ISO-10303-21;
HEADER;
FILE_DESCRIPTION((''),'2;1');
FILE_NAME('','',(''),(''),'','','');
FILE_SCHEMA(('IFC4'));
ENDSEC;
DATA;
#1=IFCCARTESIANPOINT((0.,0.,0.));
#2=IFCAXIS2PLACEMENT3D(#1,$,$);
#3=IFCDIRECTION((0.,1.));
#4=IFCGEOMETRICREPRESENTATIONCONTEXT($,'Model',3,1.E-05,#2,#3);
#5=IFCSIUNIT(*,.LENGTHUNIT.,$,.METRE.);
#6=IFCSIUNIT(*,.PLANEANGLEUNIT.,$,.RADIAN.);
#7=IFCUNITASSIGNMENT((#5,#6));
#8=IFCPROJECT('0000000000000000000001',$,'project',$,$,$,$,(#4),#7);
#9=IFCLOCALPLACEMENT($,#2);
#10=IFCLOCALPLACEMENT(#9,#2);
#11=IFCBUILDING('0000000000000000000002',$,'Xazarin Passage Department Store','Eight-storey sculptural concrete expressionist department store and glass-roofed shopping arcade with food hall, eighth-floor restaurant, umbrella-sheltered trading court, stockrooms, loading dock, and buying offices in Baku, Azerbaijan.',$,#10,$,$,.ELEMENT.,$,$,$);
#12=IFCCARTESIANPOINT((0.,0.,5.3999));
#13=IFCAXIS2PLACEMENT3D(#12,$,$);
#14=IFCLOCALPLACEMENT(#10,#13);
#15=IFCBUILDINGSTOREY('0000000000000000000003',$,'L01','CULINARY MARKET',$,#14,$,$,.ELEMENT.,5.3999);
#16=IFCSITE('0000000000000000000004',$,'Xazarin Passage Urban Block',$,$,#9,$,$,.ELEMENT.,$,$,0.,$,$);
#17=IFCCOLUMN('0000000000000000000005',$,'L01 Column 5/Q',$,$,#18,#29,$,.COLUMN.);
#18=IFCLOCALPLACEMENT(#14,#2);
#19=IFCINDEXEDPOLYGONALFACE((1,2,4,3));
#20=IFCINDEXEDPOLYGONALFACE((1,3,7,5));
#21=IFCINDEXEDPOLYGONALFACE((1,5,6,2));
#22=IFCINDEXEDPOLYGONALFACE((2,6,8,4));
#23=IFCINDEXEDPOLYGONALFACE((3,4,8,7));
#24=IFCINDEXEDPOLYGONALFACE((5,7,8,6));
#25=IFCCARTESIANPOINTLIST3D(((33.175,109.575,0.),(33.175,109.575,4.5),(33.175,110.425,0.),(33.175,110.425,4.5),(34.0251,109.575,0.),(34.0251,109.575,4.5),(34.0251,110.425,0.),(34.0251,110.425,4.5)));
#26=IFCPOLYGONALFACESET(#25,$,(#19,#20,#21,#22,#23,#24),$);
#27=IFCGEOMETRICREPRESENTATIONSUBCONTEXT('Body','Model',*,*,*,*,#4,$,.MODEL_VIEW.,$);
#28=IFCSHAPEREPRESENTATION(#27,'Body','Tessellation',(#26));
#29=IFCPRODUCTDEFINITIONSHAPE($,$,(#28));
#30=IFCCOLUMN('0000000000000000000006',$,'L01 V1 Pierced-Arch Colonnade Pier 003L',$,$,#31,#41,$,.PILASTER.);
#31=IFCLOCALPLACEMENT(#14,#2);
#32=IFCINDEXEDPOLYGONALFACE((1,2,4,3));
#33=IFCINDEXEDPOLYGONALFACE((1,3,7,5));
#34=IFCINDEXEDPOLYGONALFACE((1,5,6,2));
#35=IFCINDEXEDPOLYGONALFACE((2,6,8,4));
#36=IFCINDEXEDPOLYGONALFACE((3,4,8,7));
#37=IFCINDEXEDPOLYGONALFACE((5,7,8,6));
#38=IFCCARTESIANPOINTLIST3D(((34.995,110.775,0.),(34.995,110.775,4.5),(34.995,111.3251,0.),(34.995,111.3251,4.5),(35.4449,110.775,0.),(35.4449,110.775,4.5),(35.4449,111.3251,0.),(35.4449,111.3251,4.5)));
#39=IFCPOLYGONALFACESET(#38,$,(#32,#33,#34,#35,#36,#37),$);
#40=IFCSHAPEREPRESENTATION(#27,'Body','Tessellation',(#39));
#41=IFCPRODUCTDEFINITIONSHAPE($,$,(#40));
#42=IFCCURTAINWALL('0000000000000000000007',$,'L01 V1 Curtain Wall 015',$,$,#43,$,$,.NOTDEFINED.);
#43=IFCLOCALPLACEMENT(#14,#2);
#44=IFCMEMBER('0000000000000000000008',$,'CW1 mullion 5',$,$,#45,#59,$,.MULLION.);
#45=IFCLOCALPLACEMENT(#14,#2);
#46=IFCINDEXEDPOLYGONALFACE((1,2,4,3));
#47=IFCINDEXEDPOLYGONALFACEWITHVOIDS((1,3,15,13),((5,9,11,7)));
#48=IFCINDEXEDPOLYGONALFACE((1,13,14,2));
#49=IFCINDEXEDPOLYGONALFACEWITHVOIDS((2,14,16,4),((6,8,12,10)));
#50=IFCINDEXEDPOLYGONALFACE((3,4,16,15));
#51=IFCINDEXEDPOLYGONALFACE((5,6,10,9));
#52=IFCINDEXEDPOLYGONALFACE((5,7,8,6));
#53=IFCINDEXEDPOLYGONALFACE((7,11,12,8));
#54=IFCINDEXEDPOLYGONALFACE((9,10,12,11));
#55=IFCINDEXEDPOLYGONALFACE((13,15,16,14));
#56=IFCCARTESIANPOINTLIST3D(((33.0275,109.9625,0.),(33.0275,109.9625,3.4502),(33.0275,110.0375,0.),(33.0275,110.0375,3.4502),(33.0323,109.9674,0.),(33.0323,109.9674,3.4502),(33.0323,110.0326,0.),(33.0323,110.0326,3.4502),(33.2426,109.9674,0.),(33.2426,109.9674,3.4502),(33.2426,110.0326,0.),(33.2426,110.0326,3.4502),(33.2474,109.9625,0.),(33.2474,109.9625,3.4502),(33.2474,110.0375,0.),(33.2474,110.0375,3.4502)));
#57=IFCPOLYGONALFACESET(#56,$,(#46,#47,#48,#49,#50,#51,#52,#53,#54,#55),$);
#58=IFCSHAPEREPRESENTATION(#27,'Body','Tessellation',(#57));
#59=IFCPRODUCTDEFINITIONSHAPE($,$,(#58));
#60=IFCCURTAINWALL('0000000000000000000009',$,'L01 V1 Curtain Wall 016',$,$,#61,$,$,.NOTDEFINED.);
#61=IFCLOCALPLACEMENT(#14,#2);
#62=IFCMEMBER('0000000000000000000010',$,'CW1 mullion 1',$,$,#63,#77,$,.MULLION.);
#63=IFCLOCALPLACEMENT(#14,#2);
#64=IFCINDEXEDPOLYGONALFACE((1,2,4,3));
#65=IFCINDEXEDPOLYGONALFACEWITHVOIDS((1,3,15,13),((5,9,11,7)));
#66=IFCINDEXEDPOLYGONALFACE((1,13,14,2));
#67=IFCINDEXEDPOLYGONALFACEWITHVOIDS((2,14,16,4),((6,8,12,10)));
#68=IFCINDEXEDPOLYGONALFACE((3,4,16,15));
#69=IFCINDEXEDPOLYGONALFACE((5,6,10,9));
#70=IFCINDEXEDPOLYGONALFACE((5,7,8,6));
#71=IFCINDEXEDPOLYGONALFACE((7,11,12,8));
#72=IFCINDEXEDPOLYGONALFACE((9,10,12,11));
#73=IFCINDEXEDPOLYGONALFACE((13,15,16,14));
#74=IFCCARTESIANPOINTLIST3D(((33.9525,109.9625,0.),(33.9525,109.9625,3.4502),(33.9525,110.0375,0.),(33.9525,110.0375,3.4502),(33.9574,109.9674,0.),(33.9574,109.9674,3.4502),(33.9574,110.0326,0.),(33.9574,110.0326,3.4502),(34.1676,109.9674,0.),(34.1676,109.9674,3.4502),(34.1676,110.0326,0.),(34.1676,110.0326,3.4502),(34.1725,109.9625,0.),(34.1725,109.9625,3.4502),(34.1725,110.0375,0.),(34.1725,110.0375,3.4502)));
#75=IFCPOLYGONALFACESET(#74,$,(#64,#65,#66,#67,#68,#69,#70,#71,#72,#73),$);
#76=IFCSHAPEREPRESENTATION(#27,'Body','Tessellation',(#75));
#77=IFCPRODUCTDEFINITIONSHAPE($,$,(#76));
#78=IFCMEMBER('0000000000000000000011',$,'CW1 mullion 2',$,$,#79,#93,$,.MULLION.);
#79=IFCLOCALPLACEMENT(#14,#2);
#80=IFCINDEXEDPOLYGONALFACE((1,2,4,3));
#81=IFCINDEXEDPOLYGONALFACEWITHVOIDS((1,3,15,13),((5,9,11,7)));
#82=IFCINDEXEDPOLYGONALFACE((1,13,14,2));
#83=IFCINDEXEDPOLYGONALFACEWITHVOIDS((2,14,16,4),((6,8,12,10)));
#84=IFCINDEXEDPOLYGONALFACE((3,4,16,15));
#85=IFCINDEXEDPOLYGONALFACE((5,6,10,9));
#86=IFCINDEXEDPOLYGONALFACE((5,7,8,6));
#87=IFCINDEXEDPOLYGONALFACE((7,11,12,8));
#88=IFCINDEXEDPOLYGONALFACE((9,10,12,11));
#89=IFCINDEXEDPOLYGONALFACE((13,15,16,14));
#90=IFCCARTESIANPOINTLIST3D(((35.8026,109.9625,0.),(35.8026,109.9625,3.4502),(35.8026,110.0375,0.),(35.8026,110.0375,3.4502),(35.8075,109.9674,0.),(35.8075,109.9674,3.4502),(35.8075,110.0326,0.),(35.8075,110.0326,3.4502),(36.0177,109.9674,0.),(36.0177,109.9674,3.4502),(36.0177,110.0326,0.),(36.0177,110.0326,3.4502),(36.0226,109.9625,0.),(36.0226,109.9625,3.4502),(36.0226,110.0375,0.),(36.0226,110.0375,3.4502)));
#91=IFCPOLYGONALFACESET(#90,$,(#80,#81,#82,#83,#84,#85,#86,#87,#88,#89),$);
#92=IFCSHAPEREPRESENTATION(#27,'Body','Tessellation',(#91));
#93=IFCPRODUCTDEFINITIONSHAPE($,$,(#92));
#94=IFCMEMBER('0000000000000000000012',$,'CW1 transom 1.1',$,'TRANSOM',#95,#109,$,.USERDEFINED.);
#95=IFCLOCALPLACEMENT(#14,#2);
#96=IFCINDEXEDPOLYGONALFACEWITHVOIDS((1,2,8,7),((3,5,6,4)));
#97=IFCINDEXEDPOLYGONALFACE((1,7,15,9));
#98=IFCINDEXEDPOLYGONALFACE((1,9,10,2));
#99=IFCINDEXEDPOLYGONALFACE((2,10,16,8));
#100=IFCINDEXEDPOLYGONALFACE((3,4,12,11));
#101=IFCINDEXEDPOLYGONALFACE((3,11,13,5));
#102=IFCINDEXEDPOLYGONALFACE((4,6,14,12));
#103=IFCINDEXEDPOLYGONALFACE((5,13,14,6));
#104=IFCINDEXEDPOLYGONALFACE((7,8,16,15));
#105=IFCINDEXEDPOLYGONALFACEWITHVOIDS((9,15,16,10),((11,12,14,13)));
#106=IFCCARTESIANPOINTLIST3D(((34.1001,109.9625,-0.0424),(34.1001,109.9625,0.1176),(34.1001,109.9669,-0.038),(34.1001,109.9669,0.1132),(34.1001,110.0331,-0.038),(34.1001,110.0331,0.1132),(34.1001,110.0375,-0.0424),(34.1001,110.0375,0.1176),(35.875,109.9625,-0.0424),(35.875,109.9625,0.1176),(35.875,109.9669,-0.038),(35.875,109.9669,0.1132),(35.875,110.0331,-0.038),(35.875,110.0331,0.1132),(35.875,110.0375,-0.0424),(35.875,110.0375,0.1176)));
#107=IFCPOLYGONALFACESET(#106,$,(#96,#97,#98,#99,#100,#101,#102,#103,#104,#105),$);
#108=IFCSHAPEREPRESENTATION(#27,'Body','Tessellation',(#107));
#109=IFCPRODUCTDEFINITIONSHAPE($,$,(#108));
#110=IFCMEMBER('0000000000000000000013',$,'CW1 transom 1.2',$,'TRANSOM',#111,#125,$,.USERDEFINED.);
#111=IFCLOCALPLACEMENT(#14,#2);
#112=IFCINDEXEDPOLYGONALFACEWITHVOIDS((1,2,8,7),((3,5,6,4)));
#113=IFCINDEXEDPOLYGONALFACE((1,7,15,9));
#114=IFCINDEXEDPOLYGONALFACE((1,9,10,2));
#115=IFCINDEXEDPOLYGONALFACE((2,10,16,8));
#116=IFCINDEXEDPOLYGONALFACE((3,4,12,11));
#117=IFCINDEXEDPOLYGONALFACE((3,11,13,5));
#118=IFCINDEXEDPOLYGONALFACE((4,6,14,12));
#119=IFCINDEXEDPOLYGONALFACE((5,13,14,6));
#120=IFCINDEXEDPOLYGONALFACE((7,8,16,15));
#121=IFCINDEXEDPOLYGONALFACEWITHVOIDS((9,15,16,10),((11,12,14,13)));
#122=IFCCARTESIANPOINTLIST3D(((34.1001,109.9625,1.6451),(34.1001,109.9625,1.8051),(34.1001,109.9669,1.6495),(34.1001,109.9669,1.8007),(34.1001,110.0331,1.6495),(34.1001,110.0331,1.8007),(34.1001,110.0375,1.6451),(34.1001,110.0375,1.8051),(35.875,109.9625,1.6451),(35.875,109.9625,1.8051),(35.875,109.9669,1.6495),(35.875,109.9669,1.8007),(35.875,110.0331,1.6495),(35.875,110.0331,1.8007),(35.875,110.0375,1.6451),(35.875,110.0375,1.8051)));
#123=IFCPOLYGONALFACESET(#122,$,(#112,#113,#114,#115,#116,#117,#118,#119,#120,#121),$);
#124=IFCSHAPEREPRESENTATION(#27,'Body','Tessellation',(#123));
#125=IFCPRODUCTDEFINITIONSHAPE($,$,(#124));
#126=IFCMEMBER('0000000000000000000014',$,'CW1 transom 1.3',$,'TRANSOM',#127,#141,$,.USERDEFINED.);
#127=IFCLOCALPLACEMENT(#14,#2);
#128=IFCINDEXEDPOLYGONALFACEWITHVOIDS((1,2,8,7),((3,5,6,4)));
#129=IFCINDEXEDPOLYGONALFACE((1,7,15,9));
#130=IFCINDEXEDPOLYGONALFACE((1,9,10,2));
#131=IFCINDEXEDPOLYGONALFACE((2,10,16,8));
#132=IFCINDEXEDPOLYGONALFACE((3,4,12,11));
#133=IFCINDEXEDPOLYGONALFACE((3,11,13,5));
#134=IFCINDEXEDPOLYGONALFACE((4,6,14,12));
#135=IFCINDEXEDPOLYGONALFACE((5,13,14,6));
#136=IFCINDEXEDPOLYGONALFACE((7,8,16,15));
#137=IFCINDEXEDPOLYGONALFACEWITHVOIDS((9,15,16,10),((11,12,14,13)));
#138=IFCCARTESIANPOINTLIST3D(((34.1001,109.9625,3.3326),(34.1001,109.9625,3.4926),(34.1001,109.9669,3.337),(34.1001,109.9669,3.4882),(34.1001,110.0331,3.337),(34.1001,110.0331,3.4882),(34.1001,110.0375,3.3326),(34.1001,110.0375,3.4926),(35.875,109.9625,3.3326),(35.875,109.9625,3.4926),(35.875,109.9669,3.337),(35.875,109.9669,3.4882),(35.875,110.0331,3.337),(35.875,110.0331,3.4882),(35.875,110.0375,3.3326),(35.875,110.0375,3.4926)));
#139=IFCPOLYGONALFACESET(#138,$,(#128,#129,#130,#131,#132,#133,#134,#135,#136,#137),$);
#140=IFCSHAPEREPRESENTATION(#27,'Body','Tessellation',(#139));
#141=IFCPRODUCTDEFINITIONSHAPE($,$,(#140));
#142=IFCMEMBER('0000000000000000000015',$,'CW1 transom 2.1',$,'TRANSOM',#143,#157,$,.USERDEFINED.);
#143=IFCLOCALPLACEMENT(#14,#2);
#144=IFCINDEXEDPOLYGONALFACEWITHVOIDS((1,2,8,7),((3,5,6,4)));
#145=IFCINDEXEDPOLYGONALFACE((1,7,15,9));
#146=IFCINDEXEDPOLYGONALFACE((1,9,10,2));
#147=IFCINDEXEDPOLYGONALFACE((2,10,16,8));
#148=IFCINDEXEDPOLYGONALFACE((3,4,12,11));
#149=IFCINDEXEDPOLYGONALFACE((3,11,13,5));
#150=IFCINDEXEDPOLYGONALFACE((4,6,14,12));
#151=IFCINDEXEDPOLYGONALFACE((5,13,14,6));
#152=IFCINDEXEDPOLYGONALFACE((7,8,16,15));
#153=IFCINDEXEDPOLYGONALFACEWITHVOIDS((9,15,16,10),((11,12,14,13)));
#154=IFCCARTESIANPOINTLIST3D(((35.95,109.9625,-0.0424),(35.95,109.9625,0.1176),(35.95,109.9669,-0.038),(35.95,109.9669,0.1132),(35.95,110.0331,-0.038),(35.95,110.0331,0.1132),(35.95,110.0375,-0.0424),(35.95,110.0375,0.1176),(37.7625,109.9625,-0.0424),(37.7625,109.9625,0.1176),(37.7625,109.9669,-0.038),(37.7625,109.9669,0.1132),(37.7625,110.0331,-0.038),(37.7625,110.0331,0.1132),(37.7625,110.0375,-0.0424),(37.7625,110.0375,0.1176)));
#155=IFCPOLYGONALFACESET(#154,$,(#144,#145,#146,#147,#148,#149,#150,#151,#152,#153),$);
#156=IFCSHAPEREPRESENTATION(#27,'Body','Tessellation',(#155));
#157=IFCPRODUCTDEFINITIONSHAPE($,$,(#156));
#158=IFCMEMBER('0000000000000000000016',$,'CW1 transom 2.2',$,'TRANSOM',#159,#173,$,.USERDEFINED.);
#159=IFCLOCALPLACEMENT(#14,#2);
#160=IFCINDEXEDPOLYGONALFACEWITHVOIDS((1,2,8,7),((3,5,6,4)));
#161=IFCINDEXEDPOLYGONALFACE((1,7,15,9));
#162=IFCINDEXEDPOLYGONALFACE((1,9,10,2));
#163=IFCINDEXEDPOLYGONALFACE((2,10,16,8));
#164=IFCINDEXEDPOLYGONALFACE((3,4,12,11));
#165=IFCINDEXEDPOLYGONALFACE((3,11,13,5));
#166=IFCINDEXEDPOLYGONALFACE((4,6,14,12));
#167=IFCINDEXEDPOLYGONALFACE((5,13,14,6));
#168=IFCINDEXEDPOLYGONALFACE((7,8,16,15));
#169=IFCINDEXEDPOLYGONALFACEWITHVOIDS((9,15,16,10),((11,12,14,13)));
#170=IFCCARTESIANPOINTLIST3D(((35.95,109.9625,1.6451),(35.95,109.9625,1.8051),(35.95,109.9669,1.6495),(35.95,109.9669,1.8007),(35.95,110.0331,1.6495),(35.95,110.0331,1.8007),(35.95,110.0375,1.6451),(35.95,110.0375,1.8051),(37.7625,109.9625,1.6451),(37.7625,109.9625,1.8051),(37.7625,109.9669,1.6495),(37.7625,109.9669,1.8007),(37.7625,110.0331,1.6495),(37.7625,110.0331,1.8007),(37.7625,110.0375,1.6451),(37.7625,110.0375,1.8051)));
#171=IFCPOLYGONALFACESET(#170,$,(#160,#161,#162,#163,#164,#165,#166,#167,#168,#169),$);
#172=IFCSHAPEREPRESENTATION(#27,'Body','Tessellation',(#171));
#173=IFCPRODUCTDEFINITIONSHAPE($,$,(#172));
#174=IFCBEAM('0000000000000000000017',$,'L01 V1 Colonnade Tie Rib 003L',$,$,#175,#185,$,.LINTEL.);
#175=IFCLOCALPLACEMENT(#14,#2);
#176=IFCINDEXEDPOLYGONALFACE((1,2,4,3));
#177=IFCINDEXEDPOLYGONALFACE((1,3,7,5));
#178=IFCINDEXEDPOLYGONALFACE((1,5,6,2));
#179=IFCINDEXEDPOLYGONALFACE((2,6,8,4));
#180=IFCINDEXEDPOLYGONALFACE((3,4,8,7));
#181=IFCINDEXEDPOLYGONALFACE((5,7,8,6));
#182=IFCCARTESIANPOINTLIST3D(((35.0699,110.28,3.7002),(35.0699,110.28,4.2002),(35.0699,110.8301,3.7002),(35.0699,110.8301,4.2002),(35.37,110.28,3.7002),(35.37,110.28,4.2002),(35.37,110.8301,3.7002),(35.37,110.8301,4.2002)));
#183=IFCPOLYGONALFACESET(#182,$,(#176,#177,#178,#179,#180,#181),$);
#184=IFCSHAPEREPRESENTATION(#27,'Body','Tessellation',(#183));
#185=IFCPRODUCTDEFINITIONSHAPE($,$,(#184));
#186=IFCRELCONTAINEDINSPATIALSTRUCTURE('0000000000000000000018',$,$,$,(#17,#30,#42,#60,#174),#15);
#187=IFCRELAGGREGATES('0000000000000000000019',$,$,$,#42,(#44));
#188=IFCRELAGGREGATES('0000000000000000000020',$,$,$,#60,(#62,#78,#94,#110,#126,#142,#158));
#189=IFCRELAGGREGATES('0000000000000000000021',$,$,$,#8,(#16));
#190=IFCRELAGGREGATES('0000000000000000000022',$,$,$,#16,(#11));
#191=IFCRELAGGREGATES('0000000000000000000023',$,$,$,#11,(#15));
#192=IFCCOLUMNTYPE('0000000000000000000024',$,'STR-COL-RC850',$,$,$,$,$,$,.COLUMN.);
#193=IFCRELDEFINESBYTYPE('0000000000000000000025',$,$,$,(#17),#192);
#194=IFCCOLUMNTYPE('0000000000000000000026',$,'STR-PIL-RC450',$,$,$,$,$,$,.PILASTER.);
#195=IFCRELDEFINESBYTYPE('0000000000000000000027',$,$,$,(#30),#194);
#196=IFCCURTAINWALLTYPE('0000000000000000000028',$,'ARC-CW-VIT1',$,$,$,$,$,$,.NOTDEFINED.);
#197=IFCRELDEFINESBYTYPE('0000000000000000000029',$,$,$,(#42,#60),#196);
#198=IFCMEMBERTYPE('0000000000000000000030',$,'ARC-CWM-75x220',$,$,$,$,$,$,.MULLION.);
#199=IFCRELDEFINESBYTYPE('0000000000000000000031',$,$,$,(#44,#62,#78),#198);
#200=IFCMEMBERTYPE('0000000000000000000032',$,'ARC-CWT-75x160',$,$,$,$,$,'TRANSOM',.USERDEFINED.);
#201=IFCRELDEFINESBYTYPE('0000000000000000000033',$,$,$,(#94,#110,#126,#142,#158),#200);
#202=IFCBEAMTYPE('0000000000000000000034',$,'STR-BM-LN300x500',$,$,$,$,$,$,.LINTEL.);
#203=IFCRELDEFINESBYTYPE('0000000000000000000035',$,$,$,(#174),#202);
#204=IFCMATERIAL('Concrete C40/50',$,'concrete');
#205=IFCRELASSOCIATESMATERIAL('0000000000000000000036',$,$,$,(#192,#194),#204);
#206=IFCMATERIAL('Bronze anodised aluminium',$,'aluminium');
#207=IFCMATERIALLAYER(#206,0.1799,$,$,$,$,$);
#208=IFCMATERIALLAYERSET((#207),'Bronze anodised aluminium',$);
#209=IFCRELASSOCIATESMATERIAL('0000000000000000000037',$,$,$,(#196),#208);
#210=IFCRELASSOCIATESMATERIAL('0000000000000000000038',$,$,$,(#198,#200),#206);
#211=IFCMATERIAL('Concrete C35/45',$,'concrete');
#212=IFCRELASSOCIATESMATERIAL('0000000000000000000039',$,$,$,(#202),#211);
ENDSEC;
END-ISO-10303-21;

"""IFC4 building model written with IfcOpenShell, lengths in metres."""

from ifc_helpers import new_model, si_unit, direction, frame, origin, origin_2d, place, context, subcontext, project, spatial, rectangle, hollow_rectangle, extrude, material, layer, layer_set, material_profile, profile_set, type_object, element, aggregate, save


model = new_model("IFC4")

# Units and contexts
model_context = context("Model", 3, precision=1e-05, world=origin(), true_north=direction((0.0, 1.0)))
body_context = subcontext(model_context, "Body", "Model", "MODEL_VIEW")
ifc_project = project(units=[si_unit("LENGTHUNIT", "METRE"), si_unit("PLANEANGLEUNIT", "RADIAN")], contexts=[model_context])

# Site, building, storey
site_placement = place(None, origin())
site = spatial("IfcSite", under=ifc_project, at=site_placement, Name="Xazarin Passage Urban Block", CompositionType="ELEMENT", RefElevation=0.0)
building_placement = place(site_placement, origin())
building = spatial("IfcBuilding", under=site, at=building_placement, Name="Xazarin Passage Department Store", Description="Eight-storey sculptural concrete expressionist department store and glass-roofed shopping arcade with food hall, eighth-floor restaurant, umbrella-sheltered trading court, stockrooms, loading dock, and buying offices in Baku, Azerbaijan.", CompositionType="ELEMENT")
storey_placement = place(building_placement, frame((0.0, 0.0, 5.3999)))
storey = spatial("IfcBuildingStorey", under=building, at=storey_placement, Name="L01", Description="CULINARY MARKET", CompositionType="ELEMENT", Elevation=5.3999)

# Columns
ifc_material_1 = material(Name="Concrete C40/50", Category="concrete")
ifc_material_profile_1 = material_profile(ifc_material_1, rectangle(XDim=0.8501, YDim=0.8501, at=origin_2d()), Name="RC 850x850")
ifc_profile_set_1 = profile_set([ifc_material_profile_1], Name="Concrete C40/50")
column_type_1 = type_object("IfcColumnType", Name="STR-COL-RC850", PredefinedType="COLUMN", material=ifc_profile_set_1)
column_1_placement = place(storey_placement, frame((33.6001, 110.0, 0.0), z_axis=(0.0, 0.0, 1.0), x_axis=(1.0, 0.0, 0.0)))
element("IfcColumn", 1, at=column_1_placement, inside=storey, type_object=column_type_1, Name="L01 Column 5/Q", PredefinedType="COLUMN", context=body_context, shape_type="SweptSolid", body=[
    extrude(rectangle(XDim=0.8501, YDim=0.8501, at=origin_2d()), origin(), (0.0, 0.0, 1.0), 4.5),
])
ifc_material_profile_2 = material_profile(ifc_material_1, rectangle(XDim=0.45, YDim=0.55, at=origin_2d()), Name="RC 450x550")
ifc_profile_set_2 = profile_set([ifc_material_profile_2], Name="Concrete C40/50")
column_type_2 = type_object("IfcColumnType", Name="STR-PIL-RC450", PredefinedType="PILASTER", material=ifc_profile_set_2)
column_2_placement = place(storey_placement, frame((35.22, 111.05, 0.0), z_axis=(0.0, 0.0, 1.0), x_axis=(1.0, 0.0, 0.0)))
element("IfcColumn", 2, at=column_2_placement, inside=storey, type_object=column_type_2, Name="L01 V1 Pierced-Arch Colonnade Pier 003L", PredefinedType="PILASTER", context=body_context, shape_type="SweptSolid", body=[
    extrude(rectangle(XDim=0.45, YDim=0.55, at=origin_2d()), origin(), (0.0, 0.0, 1.0), 4.5),
])

# Curtain wall, member
ifc_material_2 = material(Name="Bronze anodised aluminium", Category="aluminium")
ifc_layer_1 = layer(ifc_material_2, 0.1799)
ifc_layer_set_1 = layer_set([ifc_layer_1], Name="Bronze anodised aluminium")
curtain_wall_type = type_object("IfcCurtainWallType", Name="ARC-CW-VIT1", PredefinedType="NOTDEFINED", material=ifc_layer_set_1)
curtain_wall_1_placement = place(storey_placement, origin())
curtain_wall_1 = element("IfcCurtainWall", 3, at=curtain_wall_1_placement, inside=storey, type_object=curtain_wall_type, Name="L01 V1 Curtain Wall 015", PredefinedType="NOTDEFINED")
ifc_material_profile_3 = material_profile(ifc_material_2, hollow_rectangle(XDim=0.075, YDim=0.22, WallThickness=0.0049, at=origin_2d()), Name="ALU 75x220")
ifc_profile_set_3 = profile_set([ifc_material_profile_3], Name="Bronze anodised aluminium")
member_type_1 = type_object("IfcMemberType", Name="ARC-CWM-75x220", PredefinedType="MULLION", material=ifc_profile_set_3)
member_1_placement = place(storey_placement, frame((33.1375, 110.0, 0.0), z_axis=(0.0, 0.0, 1.0), x_axis=(0.0, 1.0, 0.0)))
member_1 = element("IfcMember", 4, at=member_1_placement, type_object=member_type_1, Name="CW1 mullion 5", PredefinedType="MULLION", context=body_context, shape_type="SweptSolid", body=[
    extrude(hollow_rectangle(XDim=0.075, YDim=0.22, WallThickness=0.0049, at=origin_2d()), origin(), (0.0, 0.0, 1.0), 3.4502),
])

# Curtain wall, members
curtain_wall_2_placement = place(storey_placement, origin())
curtain_wall_2 = element("IfcCurtainWall", 5, at=curtain_wall_2_placement, inside=storey, type_object=curtain_wall_type, Name="L01 V1 Curtain Wall 016", PredefinedType="NOTDEFINED")
member_2_placement = place(storey_placement, frame((34.0625, 110.0, 0.0), z_axis=(0.0, 0.0, 1.0), x_axis=(0.0, 1.0, 0.0)))
member_2 = element("IfcMember", 6, at=member_2_placement, type_object=member_type_1, Name="CW1 mullion 1", PredefinedType="MULLION", context=body_context, shape_type="SweptSolid", body=[
    extrude(hollow_rectangle(XDim=0.075, YDim=0.22, WallThickness=0.0049, at=origin_2d()), origin(), (0.0, 0.0, 1.0), 3.4502),
])
member_3_placement = place(storey_placement, frame((35.9126, 110.0, 0.0), z_axis=(0.0, 0.0, 1.0), x_axis=(0.0, 1.0, 0.0)))
member_3 = element("IfcMember", 7, at=member_3_placement, type_object=member_type_1, Name="CW1 mullion 2", PredefinedType="MULLION", context=body_context, shape_type="SweptSolid", body=[
    extrude(hollow_rectangle(XDim=0.075, YDim=0.22, WallThickness=0.0049, at=origin_2d()), origin(), (0.0, 0.0, 1.0), 3.4502),
])
ifc_material_profile_4 = material_profile(ifc_material_2, hollow_rectangle(XDim=0.075, YDim=0.1599, WallThickness=0.0044, at=origin_2d()), Name="ALU 75x160")
ifc_profile_set_4 = profile_set([ifc_material_profile_4], Name="Bronze anodised aluminium")
member_type_2 = type_object("IfcMemberType", Name="ARC-CWT-75x160", ElementType="TRANSOM", PredefinedType="USERDEFINED", material=ifc_profile_set_4)
member_4_placement = place(storey_placement, frame((34.1001, 110.0, 0.0376), z_axis=(1.0, 0.0, 0.0), x_axis=(0.0, 1.0, 0.0)))
member_4 = element("IfcMember", 8, at=member_4_placement, type_object=member_type_2, Name="CW1 transom 1.1", ObjectType="TRANSOM", PredefinedType="USERDEFINED", context=body_context, shape_type="SweptSolid", body=[
    extrude(hollow_rectangle(XDim=0.075, YDim=0.1599, WallThickness=0.0044, at=origin_2d()), origin(), (0.0, 0.0, 1.0), 1.7749),
])
member_5_placement = place(storey_placement, frame((34.1001, 110.0, 1.7251), z_axis=(1.0, 0.0, 0.0), x_axis=(0.0, 1.0, 0.0)))
member_5 = element("IfcMember", 9, at=member_5_placement, type_object=member_type_2, Name="CW1 transom 1.2", ObjectType="TRANSOM", PredefinedType="USERDEFINED", context=body_context, shape_type="SweptSolid", body=[
    extrude(hollow_rectangle(XDim=0.075, YDim=0.1599, WallThickness=0.0044, at=origin_2d()), origin(), (0.0, 0.0, 1.0), 1.7749),
])
member_6_placement = place(storey_placement, frame((34.1001, 110.0, 3.4126), z_axis=(1.0, 0.0, 0.0), x_axis=(0.0, 1.0, 0.0)))
member_6 = element("IfcMember", 10, at=member_6_placement, type_object=member_type_2, Name="CW1 transom 1.3", ObjectType="TRANSOM", PredefinedType="USERDEFINED", context=body_context, shape_type="SweptSolid", body=[
    extrude(hollow_rectangle(XDim=0.075, YDim=0.1599, WallThickness=0.0044, at=origin_2d()), origin(), (0.0, 0.0, 1.0), 1.7749),
])
member_7_placement = place(storey_placement, frame((35.95, 110.0, 0.0376), z_axis=(1.0, 0.0, 0.0), x_axis=(0.0, 1.0, 0.0)))
member_7 = element("IfcMember", 11, at=member_7_placement, type_object=member_type_2, Name="CW1 transom 2.1", ObjectType="TRANSOM", PredefinedType="USERDEFINED", context=body_context, shape_type="SweptSolid", body=[
    extrude(hollow_rectangle(XDim=0.075, YDim=0.1599, WallThickness=0.0044, at=origin_2d()), origin(), (0.0, 0.0, 1.0), 1.8125),
])
member_8_placement = place(storey_placement, frame((35.95, 110.0, 1.7251), z_axis=(1.0, 0.0, 0.0), x_axis=(0.0, 1.0, 0.0)))
member_8 = element("IfcMember", 12, at=member_8_placement, type_object=member_type_2, Name="CW1 transom 2.2", ObjectType="TRANSOM", PredefinedType="USERDEFINED", context=body_context, shape_type="SweptSolid", body=[
    extrude(hollow_rectangle(XDim=0.075, YDim=0.1599, WallThickness=0.0044, at=origin_2d()), origin(), (0.0, 0.0, 1.0), 1.8125),
])

# Beam
ifc_material_3 = material(Name="Concrete C35/45", Category="concrete")
ifc_material_profile_5 = material_profile(ifc_material_3, rectangle(XDim=0.3, YDim=0.5, at=origin_2d()), Name="RC 300x500")
ifc_profile_set_5 = profile_set([ifc_material_profile_5], Name="Concrete C35/45")
beam_type_1 = type_object("IfcBeamType", Name="STR-BM-LN300x500", PredefinedType="LINTEL", material=ifc_profile_set_5)
beam_1_placement = place(storey_placement, frame((35.22, 110.28, 3.9502), z_axis=(0.0, 1.0, 0.0), x_axis=(-1.0, 0.0, 0.0)))
element("IfcBeam", 13, at=beam_1_placement, inside=storey, type_object=beam_type_1, Name="L01 V1 Colonnade Tie Rib 003L", PredefinedType="LINTEL", context=body_context, shape_type="SweptSolid", body=[
    extrude(rectangle(XDim=0.3, YDim=0.5, at=origin_2d()), origin(), (0.0, 0.0, 1.0), 0.55),
])

aggregate(curtain_wall_1, [member_1])
aggregate(curtain_wall_2, [member_2, member_3, member_4, member_5, member_6, member_7, member_8])

save(model, "model.ifc")
